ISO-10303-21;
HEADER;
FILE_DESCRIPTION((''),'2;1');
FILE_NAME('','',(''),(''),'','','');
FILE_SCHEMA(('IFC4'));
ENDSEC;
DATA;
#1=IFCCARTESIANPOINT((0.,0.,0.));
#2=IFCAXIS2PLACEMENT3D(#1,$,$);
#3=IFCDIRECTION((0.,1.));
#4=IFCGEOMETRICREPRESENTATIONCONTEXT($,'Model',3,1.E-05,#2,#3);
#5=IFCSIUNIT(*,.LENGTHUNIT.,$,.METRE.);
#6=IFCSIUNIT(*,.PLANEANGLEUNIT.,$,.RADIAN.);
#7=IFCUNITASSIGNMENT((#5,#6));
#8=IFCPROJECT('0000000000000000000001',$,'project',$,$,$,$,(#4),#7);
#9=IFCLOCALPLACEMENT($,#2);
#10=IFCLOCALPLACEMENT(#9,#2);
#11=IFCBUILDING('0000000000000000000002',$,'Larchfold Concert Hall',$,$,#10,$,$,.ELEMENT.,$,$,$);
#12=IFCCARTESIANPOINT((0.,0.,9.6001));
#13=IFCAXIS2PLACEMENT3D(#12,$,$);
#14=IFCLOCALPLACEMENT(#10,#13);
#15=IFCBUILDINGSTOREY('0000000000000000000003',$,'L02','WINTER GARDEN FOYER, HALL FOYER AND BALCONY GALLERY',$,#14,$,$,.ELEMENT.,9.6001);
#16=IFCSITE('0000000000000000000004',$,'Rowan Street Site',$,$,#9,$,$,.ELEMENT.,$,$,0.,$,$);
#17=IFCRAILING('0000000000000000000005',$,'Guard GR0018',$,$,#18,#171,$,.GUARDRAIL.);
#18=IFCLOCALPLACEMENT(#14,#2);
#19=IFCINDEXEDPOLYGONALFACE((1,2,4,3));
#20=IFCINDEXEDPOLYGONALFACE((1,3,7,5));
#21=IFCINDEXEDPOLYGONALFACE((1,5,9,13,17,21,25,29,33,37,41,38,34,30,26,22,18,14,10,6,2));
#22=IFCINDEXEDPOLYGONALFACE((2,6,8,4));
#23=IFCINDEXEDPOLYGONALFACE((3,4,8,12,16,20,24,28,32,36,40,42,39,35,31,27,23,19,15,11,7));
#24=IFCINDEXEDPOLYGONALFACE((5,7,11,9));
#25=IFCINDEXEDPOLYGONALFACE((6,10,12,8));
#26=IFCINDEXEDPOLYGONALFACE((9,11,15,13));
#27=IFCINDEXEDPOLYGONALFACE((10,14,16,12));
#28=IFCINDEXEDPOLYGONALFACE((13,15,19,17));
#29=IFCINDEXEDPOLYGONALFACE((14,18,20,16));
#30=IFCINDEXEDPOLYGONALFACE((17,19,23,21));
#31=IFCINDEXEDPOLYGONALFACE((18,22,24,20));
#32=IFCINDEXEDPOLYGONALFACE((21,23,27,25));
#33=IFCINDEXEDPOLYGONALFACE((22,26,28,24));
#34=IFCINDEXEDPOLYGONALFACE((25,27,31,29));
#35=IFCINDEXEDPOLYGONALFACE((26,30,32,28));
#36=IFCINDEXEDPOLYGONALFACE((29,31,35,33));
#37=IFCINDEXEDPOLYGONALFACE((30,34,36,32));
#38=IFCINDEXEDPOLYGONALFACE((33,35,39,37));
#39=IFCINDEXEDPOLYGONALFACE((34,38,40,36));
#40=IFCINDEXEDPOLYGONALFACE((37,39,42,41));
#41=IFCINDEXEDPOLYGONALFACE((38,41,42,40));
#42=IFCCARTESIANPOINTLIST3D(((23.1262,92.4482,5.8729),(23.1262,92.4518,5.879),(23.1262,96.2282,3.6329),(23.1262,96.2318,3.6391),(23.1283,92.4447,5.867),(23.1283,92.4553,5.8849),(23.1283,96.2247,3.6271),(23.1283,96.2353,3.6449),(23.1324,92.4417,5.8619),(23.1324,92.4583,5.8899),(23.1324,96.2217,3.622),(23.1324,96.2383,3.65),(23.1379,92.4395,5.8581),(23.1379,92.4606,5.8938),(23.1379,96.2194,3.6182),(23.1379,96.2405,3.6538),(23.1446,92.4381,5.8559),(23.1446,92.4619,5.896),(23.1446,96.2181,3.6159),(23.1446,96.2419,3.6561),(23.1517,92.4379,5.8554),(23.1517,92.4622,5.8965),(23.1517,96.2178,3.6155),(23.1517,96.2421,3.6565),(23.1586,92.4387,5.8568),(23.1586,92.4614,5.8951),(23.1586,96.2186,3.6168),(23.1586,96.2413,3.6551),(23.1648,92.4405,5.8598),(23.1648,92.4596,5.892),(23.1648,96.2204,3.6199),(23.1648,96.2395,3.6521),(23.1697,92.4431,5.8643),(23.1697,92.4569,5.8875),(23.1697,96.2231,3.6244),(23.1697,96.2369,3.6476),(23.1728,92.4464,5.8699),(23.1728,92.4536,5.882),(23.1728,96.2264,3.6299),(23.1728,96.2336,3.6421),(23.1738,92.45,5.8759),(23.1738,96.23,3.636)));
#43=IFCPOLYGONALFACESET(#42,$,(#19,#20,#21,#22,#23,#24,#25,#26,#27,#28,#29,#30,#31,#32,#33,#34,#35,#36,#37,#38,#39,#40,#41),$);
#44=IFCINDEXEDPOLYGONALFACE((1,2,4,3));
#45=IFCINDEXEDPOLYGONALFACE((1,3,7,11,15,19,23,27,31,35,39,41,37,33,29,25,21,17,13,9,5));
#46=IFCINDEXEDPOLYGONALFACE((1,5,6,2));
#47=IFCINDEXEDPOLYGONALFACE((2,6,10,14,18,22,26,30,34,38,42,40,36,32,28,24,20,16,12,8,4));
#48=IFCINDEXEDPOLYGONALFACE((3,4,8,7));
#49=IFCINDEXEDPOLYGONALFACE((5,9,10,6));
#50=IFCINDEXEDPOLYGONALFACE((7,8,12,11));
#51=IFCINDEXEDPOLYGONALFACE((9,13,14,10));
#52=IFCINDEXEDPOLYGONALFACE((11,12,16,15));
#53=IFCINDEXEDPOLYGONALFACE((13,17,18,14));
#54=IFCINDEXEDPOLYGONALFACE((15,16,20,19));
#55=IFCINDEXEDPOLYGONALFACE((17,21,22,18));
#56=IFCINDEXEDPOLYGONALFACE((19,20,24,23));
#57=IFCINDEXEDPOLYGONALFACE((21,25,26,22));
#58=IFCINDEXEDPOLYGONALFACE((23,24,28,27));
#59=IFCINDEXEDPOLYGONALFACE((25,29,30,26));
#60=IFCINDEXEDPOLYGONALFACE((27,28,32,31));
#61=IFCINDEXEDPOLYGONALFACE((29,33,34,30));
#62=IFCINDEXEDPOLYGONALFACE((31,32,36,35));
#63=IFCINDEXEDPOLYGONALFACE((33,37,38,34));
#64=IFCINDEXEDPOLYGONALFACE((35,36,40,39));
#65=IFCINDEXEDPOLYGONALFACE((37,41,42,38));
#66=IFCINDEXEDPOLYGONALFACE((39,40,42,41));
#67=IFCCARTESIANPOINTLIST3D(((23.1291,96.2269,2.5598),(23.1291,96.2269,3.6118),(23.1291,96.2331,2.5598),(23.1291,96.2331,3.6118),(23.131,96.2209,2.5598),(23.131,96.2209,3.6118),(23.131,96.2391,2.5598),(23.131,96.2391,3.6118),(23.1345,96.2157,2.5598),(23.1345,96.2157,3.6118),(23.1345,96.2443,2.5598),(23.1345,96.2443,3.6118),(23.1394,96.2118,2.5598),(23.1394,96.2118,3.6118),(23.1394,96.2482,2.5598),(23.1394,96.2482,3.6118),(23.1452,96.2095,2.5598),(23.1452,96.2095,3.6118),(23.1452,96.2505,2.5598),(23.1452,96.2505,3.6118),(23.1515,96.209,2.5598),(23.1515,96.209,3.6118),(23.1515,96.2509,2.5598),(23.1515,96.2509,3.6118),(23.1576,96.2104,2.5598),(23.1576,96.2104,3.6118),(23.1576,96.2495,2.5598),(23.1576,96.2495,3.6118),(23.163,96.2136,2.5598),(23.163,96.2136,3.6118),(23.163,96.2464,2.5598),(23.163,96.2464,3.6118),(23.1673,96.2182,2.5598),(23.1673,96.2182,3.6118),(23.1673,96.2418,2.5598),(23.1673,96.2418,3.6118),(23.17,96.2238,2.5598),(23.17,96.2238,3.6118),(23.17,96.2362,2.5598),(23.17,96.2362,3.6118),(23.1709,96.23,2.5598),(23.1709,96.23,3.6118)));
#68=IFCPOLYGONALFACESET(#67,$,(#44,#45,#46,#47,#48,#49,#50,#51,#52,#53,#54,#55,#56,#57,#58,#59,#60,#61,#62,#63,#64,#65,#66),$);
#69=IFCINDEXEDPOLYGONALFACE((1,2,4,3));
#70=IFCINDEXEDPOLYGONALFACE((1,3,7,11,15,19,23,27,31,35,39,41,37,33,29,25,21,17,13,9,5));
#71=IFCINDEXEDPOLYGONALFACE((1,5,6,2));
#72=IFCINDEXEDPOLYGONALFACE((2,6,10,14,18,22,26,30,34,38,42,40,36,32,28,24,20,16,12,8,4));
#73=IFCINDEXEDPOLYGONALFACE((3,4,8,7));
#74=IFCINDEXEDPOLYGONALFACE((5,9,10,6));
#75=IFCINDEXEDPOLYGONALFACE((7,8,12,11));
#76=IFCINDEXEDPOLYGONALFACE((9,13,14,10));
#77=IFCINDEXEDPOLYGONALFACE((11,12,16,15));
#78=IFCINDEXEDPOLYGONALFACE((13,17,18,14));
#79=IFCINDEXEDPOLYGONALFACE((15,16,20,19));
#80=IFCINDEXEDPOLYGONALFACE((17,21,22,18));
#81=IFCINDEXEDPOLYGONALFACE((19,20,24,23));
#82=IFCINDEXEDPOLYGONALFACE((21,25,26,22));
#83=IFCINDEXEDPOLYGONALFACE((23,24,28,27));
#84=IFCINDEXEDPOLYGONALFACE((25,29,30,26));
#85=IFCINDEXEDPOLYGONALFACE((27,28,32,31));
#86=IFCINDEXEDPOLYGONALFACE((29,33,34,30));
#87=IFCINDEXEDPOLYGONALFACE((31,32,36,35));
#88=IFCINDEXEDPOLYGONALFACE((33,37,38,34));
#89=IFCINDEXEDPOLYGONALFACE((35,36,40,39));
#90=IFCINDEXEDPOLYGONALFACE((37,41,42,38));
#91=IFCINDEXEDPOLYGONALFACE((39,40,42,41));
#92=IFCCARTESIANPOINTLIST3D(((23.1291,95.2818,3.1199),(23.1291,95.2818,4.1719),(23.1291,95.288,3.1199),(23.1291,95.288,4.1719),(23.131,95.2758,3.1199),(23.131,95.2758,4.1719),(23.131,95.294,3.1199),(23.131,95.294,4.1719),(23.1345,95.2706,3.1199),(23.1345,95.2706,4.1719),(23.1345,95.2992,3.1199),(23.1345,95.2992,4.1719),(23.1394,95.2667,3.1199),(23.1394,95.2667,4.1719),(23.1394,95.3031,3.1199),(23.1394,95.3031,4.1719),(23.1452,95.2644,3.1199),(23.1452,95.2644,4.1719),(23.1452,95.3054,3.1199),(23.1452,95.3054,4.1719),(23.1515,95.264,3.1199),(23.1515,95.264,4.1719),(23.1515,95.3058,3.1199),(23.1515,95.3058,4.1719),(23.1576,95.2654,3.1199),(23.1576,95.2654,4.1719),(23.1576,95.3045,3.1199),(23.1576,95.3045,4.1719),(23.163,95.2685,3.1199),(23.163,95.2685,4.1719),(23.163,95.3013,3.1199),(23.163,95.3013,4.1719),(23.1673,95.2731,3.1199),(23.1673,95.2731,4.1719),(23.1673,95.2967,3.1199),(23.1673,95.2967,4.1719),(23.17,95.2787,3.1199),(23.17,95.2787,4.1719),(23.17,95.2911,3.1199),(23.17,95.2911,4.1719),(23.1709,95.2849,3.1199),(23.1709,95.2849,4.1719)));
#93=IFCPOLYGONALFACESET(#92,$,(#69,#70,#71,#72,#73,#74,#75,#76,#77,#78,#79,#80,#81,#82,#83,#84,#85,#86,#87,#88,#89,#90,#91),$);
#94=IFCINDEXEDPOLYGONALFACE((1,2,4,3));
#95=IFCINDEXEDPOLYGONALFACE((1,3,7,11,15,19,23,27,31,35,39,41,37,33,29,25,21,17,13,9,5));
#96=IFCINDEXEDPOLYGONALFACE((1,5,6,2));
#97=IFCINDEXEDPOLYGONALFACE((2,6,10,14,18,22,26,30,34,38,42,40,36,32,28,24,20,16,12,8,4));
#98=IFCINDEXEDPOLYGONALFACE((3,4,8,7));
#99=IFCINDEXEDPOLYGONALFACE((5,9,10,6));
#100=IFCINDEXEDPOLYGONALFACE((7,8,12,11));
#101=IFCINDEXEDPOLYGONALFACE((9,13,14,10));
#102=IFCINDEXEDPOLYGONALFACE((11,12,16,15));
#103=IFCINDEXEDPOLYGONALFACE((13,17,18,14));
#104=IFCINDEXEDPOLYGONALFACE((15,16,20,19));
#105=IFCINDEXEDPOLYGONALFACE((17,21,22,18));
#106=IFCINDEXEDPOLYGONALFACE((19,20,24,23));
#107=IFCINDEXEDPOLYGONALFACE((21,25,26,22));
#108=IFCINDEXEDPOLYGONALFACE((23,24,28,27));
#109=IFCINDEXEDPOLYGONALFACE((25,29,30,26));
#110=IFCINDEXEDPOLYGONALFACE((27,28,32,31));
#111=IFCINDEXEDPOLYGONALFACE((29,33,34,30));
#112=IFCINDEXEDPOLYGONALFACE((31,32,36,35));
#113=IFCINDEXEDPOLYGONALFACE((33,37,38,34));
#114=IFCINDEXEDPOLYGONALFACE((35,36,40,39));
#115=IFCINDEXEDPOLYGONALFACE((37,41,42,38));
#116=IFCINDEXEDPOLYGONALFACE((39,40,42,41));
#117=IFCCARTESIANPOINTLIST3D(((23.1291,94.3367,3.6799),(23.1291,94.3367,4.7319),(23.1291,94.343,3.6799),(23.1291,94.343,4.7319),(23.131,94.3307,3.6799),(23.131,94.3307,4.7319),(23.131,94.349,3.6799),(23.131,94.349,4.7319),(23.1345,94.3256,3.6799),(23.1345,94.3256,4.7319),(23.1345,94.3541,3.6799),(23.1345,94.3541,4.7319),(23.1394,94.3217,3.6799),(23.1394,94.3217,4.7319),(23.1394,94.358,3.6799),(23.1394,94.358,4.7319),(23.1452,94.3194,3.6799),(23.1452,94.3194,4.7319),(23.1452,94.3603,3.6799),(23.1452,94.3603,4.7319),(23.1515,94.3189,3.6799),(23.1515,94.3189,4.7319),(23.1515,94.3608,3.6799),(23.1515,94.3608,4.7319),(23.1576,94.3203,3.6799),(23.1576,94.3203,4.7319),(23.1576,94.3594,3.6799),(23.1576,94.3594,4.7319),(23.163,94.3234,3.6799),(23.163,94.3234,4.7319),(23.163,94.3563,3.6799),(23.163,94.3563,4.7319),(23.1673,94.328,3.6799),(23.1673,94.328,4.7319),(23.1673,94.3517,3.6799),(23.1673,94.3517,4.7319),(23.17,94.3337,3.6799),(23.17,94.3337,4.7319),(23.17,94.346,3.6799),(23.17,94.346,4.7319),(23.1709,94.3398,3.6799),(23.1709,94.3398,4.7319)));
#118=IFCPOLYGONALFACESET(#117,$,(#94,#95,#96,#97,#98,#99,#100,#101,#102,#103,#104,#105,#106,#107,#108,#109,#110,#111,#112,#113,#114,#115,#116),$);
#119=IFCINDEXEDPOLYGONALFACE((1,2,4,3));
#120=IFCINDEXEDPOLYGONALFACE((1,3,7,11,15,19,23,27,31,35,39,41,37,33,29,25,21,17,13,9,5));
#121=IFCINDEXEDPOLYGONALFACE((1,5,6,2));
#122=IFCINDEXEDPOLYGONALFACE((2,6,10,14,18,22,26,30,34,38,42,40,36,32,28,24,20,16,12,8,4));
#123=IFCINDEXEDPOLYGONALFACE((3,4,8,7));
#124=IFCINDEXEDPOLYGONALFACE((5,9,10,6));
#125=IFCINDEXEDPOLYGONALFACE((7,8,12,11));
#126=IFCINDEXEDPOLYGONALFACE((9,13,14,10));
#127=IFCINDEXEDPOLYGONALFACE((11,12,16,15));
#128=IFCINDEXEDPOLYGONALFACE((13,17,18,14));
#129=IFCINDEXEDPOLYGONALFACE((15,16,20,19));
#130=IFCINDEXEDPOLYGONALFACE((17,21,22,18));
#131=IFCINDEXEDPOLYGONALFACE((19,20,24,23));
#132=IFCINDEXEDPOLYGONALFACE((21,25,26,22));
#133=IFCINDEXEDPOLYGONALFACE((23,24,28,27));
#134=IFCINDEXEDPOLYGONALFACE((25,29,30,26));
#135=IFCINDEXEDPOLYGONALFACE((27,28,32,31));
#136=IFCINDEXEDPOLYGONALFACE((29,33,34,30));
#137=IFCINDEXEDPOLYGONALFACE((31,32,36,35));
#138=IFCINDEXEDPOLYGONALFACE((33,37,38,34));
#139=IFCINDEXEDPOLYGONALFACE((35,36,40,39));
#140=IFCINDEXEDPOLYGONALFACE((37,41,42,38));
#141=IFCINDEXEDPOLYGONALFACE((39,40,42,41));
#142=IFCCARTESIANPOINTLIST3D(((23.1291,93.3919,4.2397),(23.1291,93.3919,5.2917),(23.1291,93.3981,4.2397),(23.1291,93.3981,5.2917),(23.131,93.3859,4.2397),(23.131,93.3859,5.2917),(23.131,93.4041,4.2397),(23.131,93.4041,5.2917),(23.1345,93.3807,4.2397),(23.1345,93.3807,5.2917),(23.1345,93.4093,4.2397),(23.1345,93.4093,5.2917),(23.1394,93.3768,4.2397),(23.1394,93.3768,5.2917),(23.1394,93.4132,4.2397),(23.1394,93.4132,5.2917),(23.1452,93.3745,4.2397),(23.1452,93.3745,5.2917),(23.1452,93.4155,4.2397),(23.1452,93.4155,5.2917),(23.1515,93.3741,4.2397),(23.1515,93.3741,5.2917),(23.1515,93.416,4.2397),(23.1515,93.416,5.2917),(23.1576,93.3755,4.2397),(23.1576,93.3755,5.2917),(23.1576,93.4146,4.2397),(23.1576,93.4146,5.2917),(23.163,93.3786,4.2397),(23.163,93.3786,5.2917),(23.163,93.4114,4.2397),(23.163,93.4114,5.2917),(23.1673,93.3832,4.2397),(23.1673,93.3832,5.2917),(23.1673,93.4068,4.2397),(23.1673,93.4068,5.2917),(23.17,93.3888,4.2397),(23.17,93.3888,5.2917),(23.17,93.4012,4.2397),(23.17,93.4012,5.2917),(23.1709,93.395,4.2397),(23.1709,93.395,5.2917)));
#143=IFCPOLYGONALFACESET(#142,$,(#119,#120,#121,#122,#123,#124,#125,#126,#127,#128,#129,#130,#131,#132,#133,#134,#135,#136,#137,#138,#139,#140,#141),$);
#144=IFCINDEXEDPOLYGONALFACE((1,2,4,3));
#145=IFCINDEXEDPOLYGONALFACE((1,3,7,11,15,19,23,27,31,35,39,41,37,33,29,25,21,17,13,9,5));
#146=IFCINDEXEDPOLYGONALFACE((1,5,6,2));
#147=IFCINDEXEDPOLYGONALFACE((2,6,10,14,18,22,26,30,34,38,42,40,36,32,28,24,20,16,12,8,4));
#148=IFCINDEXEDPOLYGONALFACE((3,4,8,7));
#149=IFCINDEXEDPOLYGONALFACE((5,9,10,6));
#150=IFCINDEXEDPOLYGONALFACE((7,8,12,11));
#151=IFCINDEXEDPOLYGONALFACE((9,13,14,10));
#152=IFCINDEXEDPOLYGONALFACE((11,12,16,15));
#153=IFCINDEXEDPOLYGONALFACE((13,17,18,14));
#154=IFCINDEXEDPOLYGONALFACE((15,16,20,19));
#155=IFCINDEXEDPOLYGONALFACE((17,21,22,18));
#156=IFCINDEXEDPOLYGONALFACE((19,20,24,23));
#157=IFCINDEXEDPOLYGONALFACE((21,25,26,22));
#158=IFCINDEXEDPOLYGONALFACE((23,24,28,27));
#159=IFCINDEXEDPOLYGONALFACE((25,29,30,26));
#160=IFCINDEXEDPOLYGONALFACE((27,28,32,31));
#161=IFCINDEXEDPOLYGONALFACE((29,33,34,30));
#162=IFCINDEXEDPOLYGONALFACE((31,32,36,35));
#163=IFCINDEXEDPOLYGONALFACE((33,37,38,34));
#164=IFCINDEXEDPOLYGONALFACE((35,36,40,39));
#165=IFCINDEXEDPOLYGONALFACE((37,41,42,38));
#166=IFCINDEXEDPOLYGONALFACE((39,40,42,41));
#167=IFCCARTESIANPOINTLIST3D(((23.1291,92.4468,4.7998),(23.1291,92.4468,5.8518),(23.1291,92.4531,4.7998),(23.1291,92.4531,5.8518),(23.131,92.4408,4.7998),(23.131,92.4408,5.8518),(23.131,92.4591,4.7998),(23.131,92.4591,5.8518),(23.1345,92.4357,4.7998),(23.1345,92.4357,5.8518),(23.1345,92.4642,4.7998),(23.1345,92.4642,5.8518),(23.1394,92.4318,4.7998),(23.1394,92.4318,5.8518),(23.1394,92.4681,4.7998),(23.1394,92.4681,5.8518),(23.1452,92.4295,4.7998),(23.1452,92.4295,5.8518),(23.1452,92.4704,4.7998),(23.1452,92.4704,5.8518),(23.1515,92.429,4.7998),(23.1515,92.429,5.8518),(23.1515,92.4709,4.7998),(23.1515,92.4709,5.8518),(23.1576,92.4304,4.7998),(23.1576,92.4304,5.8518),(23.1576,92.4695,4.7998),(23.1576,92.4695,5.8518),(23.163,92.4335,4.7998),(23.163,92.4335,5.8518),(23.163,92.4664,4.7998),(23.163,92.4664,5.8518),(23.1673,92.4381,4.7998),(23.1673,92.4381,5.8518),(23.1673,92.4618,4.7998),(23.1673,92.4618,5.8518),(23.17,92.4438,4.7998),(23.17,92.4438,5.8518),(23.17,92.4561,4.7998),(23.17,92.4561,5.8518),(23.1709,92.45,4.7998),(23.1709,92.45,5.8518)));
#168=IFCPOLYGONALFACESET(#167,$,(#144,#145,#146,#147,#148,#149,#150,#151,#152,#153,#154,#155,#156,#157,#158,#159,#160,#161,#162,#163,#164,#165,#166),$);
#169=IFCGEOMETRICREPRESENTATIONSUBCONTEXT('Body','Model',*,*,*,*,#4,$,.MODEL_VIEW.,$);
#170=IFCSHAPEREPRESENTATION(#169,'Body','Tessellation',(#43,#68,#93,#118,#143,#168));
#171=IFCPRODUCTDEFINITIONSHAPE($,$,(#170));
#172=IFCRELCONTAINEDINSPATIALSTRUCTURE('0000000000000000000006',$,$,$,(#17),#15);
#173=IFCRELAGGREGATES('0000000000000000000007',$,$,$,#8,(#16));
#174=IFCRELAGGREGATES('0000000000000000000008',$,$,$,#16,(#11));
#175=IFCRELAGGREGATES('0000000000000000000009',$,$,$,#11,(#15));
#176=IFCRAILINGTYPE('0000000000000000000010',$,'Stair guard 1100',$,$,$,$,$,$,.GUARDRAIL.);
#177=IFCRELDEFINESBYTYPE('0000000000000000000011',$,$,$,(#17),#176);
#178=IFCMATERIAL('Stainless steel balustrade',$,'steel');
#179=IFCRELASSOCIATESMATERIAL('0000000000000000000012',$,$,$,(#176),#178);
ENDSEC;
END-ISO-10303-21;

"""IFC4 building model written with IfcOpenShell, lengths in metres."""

from ifc_helpers import new_model, si_unit, direction, frame, origin, origin_2d, place, context, subcontext, project, spatial, circle, extrude, material, type_object, element, save


model = new_model("IFC4")

# Units and contexts
model_context = context("Model", 3, precision=1e-05, world=origin(), true_north=direction((0.0, 1.0)))
body_context = subcontext(model_context, "Body", "Model", "MODEL_VIEW")
ifc_project = project(units=[si_unit("LENGTHUNIT", "METRE"), si_unit("PLANEANGLEUNIT", "RADIAN")], contexts=[model_context])

# Site, building, storey
site_placement = place(None, origin())
site = spatial("IfcSite", under=ifc_project, at=site_placement, Name="Rowan Street Site", CompositionType="ELEMENT", RefElevation=0.0)
building_placement = place(site_placement, origin())
building = spatial("IfcBuilding", under=site, at=building_placement, Name="Larchfold Concert Hall", CompositionType="ELEMENT")
storey_placement = place(building_placement, frame((0.0, 0.0, 9.6001)))
storey = spatial("IfcBuildingStorey", under=building, at=storey_placement, Name="L02", Description="WINTER GARDEN FOYER, HALL FOYER AND BALCONY GALLERY", CompositionType="ELEMENT", Elevation=9.6001)

# Railing
ifc_material_1 = material(Name="Stainless steel balustrade", Category="steel")
railing_type_1 = type_object("IfcRailingType", Name="Stair guard 1100", PredefinedType="GUARDRAIL", material=ifc_material_1)
railing_1_placement = place(storey_placement, frame((23.1499, 96.23, 2.5598)))
element("IfcRailing", 1, at=railing_1_placement, inside=storey, type_object=railing_type_1, Name="Guard GR0018", PredefinedType="GUARDRAIL", context=body_context, shape_type="SweptSolid", body=[
    extrude(circle(Radius=0.0239, at=origin_2d()), frame((0.0, 0.0, 1.0762), z_axis=(0.0, -0.860294, 0.509798), x_axis=(1.0, 0.0, 0.0)), (0.0, 0.0, 1.0), 4.3938),
    extrude(circle(Radius=0.021, at=origin_2d()), origin(), (0.0, 0.0, 1.0), 1.052),
    extrude(circle(Radius=0.021, at=origin_2d()), frame((0.0, -0.9451, 0.5601)), (0.0, 0.0, 1.0), 1.052),
    extrude(circle(Radius=0.021, at=origin_2d()), frame((0.0, -1.8901, 1.1201)), (0.0, 0.0, 1.0), 1.052),
    extrude(circle(Radius=0.021, at=origin_2d()), frame((0.0, -2.835, 1.6799)), (0.0, 0.0, 1.0), 1.052),
    extrude(circle(Radius=0.021, at=origin_2d()), frame((0.0, -3.78, 2.24)), (0.0, 0.0, 1.0), 1.052),
])

save(model, "model.ifc")
